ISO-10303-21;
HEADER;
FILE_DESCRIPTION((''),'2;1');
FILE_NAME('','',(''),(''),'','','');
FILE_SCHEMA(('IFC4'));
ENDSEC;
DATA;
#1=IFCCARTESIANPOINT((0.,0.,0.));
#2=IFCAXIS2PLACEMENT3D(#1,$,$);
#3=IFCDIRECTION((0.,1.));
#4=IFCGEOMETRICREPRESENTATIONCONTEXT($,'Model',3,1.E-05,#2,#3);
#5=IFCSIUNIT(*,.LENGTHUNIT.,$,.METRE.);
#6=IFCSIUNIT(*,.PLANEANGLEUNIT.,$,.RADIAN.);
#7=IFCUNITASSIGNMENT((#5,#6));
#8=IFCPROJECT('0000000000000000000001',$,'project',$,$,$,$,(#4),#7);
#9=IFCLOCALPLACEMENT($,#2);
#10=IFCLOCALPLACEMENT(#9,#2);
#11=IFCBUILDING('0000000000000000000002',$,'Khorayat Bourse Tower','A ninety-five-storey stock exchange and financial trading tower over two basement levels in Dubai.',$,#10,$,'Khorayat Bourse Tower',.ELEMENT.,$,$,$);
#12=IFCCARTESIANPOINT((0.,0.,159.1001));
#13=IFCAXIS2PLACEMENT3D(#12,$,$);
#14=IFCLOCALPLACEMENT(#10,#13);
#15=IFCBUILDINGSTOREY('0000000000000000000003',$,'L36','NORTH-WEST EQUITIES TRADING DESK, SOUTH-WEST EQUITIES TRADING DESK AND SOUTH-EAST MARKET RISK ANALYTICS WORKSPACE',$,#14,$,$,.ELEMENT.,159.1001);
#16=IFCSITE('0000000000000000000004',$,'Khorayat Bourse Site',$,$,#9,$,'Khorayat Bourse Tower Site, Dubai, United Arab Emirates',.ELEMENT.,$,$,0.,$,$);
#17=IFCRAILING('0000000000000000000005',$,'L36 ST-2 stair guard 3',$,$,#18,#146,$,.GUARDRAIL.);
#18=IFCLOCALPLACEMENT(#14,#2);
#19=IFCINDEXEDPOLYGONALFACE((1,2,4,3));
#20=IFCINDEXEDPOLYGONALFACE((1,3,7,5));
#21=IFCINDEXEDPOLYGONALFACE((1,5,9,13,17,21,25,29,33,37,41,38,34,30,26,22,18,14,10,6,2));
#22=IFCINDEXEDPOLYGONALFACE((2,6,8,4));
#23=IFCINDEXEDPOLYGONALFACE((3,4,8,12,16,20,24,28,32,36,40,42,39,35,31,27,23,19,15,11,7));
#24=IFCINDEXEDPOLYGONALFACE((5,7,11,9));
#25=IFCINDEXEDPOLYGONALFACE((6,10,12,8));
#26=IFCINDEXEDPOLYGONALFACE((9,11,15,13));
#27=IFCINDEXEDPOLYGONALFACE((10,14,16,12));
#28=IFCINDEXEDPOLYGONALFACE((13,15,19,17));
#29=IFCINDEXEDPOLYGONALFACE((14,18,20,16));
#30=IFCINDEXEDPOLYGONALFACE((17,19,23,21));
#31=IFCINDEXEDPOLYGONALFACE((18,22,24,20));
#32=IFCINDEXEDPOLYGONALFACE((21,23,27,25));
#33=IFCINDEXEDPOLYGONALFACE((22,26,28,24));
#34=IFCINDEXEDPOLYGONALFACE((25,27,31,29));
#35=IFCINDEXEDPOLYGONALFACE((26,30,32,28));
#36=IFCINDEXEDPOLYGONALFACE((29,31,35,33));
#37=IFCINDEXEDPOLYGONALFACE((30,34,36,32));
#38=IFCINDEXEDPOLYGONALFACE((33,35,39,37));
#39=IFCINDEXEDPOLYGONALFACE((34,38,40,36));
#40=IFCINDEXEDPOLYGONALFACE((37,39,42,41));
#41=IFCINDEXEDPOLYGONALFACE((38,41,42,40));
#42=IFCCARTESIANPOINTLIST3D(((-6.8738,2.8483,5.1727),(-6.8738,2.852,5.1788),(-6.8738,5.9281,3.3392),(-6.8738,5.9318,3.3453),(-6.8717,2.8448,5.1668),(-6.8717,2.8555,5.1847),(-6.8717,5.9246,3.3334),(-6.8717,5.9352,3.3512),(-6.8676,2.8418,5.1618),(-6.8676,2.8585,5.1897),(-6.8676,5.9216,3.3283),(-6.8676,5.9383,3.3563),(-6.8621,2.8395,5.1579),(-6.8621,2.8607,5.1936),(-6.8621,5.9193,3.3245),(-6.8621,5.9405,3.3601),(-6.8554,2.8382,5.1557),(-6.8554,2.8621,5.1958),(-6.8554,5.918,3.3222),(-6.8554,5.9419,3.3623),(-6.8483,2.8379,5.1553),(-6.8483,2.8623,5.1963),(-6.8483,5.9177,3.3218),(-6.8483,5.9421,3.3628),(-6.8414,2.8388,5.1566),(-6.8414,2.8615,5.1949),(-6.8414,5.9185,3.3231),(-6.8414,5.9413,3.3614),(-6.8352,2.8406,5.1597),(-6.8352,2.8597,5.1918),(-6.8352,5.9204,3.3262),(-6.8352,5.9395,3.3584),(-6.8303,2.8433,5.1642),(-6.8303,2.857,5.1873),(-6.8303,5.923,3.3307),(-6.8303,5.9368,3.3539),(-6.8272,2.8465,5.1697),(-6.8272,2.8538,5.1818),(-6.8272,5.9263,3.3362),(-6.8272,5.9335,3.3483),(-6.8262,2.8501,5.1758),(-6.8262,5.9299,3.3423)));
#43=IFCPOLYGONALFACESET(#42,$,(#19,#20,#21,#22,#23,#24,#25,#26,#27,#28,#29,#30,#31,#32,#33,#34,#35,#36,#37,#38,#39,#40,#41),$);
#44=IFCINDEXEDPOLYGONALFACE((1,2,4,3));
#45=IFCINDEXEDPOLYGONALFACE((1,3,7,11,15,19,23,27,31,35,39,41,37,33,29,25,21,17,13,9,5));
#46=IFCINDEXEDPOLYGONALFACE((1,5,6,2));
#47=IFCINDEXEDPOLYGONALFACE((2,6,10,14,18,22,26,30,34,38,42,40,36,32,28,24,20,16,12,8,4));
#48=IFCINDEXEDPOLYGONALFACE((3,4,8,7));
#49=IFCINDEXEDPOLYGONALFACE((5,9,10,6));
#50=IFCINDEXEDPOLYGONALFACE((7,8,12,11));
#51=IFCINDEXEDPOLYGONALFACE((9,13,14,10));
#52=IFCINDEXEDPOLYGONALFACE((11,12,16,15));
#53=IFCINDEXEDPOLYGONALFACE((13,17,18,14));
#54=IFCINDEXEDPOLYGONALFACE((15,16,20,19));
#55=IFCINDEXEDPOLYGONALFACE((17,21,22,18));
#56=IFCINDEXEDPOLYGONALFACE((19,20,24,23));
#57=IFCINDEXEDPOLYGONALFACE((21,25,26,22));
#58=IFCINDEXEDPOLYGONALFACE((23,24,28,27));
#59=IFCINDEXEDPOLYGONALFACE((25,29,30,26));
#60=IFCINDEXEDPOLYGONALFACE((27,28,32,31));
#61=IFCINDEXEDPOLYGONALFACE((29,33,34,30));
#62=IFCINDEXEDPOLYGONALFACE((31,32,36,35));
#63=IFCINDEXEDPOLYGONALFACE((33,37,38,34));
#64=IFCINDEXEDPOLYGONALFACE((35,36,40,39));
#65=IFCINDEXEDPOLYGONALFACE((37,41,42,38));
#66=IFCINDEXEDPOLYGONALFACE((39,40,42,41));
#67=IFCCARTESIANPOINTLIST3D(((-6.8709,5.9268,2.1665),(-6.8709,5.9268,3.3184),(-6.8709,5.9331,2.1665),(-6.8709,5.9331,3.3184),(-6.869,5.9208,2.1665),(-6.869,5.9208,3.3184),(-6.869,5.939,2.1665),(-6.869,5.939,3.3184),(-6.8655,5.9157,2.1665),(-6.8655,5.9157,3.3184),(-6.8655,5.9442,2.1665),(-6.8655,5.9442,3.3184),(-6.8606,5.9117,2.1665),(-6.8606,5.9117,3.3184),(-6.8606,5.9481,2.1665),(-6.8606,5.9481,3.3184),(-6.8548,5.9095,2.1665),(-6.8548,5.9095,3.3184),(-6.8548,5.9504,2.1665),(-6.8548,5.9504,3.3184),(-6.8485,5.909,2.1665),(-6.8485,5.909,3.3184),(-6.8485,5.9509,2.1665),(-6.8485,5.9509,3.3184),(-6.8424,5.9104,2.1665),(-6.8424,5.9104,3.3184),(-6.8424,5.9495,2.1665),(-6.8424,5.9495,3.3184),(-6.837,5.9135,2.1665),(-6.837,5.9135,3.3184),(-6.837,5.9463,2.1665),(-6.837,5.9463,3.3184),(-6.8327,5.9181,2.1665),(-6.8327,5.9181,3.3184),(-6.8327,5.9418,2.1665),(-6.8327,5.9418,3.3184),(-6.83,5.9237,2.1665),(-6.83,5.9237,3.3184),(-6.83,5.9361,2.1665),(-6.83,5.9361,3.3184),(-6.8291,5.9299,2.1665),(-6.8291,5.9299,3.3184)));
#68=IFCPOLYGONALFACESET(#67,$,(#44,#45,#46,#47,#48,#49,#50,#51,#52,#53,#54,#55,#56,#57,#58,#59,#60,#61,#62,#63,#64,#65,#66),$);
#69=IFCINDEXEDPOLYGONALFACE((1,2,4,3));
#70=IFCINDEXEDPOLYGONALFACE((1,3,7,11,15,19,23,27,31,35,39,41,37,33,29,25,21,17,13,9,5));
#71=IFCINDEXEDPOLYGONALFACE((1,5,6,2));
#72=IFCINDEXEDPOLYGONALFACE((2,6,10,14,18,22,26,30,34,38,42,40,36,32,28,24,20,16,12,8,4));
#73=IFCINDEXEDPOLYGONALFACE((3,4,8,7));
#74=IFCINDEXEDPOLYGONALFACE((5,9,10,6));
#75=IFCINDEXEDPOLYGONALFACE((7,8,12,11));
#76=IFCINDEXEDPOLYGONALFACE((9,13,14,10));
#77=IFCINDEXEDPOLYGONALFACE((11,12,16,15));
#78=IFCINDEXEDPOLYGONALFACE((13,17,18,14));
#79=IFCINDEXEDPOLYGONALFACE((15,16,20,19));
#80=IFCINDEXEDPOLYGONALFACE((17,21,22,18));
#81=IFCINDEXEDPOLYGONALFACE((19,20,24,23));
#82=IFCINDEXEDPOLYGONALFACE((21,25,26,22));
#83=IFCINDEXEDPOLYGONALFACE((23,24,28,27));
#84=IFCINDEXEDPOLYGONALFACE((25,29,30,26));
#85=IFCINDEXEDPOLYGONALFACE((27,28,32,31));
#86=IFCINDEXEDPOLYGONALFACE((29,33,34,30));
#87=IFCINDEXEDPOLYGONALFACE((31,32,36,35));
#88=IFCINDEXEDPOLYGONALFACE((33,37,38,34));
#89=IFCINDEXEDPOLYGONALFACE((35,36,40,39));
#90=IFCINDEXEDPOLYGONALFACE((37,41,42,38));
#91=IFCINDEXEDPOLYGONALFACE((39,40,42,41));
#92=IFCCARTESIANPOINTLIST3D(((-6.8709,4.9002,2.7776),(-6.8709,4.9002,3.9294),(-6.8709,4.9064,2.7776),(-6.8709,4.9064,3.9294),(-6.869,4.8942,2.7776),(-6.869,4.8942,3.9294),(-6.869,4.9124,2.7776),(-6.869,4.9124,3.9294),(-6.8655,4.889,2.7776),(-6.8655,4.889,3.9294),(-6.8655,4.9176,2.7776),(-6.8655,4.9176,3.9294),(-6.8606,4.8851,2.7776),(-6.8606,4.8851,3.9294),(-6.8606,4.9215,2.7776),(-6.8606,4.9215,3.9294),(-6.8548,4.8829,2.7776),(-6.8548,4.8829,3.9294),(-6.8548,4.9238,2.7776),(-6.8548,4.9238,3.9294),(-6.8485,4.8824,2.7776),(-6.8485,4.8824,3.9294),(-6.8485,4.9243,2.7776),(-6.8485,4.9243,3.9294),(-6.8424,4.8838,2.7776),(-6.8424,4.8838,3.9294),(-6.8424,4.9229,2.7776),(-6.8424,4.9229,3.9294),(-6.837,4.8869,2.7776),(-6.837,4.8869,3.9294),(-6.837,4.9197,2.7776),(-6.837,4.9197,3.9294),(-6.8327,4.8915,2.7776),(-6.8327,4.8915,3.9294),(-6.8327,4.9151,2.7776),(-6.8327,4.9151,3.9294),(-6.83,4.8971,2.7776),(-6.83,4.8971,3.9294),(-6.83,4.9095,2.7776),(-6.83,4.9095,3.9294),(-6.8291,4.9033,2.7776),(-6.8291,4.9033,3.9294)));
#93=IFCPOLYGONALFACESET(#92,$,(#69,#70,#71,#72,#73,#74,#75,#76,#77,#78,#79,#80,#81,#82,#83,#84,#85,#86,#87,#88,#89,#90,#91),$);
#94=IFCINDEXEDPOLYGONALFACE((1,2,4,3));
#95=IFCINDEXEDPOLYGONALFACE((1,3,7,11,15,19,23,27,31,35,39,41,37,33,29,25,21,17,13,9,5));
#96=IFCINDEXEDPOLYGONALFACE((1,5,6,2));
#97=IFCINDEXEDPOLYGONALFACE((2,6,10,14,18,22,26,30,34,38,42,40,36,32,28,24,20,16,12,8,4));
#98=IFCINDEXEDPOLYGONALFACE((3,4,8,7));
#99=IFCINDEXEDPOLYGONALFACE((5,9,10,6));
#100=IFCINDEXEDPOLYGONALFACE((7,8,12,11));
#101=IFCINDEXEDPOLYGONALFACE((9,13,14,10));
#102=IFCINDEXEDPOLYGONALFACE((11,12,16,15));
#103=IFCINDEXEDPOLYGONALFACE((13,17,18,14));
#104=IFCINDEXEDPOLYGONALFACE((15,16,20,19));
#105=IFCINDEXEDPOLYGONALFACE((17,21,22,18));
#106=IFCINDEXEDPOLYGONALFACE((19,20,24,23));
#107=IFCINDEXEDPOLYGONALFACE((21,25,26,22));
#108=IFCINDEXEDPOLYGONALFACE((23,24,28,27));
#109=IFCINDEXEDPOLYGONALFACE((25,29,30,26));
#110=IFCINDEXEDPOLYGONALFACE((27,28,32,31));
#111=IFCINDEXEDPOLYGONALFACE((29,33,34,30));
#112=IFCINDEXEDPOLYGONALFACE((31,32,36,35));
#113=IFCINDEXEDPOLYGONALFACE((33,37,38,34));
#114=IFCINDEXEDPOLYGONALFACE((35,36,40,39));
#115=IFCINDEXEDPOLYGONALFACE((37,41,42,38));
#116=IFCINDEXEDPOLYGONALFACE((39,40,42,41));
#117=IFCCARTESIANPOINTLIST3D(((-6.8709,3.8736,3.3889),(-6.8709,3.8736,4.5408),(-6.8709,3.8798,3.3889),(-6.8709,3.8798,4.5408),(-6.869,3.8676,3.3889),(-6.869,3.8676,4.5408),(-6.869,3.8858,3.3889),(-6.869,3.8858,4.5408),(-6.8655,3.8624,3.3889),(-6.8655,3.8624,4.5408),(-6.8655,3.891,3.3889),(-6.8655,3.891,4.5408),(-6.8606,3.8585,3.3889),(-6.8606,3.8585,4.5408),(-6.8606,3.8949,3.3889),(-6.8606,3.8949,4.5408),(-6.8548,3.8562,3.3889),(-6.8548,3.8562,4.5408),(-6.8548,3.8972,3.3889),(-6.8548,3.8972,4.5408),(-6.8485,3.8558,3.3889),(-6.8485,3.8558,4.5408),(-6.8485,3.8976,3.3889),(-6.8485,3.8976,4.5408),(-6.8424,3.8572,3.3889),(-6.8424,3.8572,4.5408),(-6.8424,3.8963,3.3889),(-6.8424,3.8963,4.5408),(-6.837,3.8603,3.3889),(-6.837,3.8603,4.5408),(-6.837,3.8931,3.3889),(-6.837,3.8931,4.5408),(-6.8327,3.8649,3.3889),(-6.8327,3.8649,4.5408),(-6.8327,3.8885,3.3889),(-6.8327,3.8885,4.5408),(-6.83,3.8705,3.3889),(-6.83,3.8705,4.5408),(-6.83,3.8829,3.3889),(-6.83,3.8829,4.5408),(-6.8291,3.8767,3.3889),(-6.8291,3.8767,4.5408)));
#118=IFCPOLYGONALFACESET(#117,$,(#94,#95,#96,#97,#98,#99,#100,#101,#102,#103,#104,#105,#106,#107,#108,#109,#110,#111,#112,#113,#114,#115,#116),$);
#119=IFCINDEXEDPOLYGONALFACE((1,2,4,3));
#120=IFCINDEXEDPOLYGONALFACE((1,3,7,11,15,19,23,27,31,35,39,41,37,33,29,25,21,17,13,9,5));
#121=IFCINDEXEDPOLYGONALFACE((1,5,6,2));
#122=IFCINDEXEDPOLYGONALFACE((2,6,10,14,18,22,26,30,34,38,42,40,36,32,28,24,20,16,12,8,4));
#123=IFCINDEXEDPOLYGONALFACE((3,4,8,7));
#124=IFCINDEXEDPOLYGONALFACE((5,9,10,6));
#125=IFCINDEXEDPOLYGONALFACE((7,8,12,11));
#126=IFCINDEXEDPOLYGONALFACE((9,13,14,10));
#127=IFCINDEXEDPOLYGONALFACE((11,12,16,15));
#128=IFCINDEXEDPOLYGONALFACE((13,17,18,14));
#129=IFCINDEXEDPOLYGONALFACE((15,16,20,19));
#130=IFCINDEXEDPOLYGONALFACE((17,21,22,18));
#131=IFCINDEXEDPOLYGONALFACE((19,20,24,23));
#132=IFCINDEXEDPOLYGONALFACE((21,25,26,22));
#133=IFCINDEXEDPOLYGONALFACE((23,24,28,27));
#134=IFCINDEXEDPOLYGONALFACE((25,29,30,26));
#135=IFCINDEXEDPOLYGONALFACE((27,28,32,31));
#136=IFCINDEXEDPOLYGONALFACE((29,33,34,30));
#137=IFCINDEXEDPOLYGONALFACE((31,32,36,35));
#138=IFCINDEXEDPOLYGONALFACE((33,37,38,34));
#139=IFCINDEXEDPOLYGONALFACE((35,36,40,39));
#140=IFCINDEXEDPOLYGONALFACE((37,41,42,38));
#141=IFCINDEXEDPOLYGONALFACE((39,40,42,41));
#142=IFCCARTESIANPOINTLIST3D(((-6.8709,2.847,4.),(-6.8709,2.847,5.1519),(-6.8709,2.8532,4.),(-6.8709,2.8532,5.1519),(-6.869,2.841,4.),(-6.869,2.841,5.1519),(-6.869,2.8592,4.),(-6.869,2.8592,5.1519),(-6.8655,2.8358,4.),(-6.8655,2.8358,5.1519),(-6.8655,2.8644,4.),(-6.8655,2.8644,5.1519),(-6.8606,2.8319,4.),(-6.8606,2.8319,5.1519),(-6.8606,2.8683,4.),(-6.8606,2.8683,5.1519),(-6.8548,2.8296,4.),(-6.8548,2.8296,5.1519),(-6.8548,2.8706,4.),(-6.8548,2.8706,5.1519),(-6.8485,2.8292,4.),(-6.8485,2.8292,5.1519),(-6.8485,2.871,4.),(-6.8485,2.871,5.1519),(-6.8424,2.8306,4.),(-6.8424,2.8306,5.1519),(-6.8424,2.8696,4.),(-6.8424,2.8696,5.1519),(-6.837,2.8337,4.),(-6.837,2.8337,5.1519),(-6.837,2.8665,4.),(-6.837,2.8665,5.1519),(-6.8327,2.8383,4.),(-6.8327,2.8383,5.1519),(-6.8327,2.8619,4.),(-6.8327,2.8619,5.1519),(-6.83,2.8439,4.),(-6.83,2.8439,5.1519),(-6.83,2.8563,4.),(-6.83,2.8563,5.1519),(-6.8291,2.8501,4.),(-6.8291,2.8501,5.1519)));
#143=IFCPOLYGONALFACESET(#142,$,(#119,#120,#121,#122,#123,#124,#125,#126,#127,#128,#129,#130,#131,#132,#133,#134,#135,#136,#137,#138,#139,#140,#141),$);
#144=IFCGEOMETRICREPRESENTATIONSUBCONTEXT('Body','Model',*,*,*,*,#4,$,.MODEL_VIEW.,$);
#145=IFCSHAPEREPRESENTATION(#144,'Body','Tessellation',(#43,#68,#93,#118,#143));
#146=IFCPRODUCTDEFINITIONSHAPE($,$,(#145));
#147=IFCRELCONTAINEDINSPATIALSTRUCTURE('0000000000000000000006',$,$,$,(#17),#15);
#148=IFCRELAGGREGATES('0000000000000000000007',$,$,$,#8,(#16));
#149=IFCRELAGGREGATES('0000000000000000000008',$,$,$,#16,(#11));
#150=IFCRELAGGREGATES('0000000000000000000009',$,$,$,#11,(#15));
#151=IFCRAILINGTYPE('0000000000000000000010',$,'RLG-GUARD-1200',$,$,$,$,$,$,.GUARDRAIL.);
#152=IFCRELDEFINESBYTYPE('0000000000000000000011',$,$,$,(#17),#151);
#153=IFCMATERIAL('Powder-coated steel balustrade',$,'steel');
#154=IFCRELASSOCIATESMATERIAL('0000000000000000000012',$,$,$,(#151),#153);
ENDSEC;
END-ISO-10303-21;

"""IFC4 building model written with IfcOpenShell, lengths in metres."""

from ifc_helpers import new_model, si_unit, direction, frame, origin, origin_2d, place, context, subcontext, project, spatial, circle, extrude, source, transform, mapped, material, type_object, element, save


model = new_model("IFC4")

# Units and contexts
model_context = context("Model", 3, precision=1e-05, world=origin(), true_north=direction((0.0, 1.0)))
body_context = subcontext(model_context, "Body", "Model", "MODEL_VIEW")
ifc_project = project(units=[si_unit("LENGTHUNIT", "METRE"), si_unit("PLANEANGLEUNIT", "RADIAN")], contexts=[model_context])

# Site, building, storey
site_placement = place(None, origin())
site = spatial("IfcSite", under=ifc_project, at=site_placement, Name="Khorayat Bourse Site", LongName="Khorayat Bourse Tower Site, Dubai, United Arab Emirates", CompositionType="ELEMENT", RefElevation=0.0)
building_placement = place(site_placement, origin())
building = spatial("IfcBuilding", under=site, at=building_placement, Name="Khorayat Bourse Tower", Description="A ninety-five-storey stock exchange and financial trading tower over two basement levels in Dubai.", LongName="Khorayat Bourse Tower", CompositionType="ELEMENT")
storey_placement = place(building_placement, frame((0.0, 0.0, 159.1001)))
storey = spatial("IfcBuildingStorey", under=building, at=storey_placement, Name="L36", Description="NORTH-WEST EQUITIES TRADING DESK, SOUTH-WEST EQUITIES TRADING DESK AND SOUTH-EAST MARKET RISK ANALYTICS WORKSPACE", CompositionType="ELEMENT", Elevation=159.1001)

# Railing
ifc_material_1 = material(Name="Powder-coated steel balustrade", Category="steel")
railing_type_1 = type_object("IfcRailingType", Name="RLG-GUARD-1200", PredefinedType="GUARDRAIL", material=ifc_material_1)
shared_shape_1 = source(origin(), body_context, "Body", "SweptSolid", [
    extrude(circle(Radius=0.0239, at=origin_2d()), frame((0.0, 0.0, 1.1758), z_axis=(0.0, -0.859261, 0.511538), x_axis=(1.0, 0.0, 0.0)), (0.0, 0.0, 1.0), 3.5842),
    extrude(circle(Radius=0.021, at=origin_2d()), origin(), (0.0, 0.0, 1.0), 1.1519),
    extrude(circle(Radius=0.021, at=origin_2d()), frame((0.0, -1.0266, 0.6111)), (0.0, 0.0, 1.0), 1.1519),
    extrude(circle(Radius=0.021, at=origin_2d()), frame((0.0, -2.0532, 1.2224)), (0.0, 0.0, 1.0), 1.1519),
    extrude(circle(Radius=0.021, at=origin_2d()), frame((0.0, -3.0798, 1.8335)), (0.0, 0.0, 1.0), 1.1519),
])
railing_1_placement = place(storey_placement, frame((-6.8501, 5.9299, 2.1665)))
element("IfcRailing", 1, at=railing_1_placement, inside=storey, type_object=railing_type_1, Name="L36 ST-2 stair guard 3", PredefinedType="GUARDRAIL", context=body_context, shape_type="MappedRepresentation", body=[
    mapped(shared_shape_1, transform((0.0, 0.0, 0.0), scale=1.0)),
])

save(model, "model.ifc")
